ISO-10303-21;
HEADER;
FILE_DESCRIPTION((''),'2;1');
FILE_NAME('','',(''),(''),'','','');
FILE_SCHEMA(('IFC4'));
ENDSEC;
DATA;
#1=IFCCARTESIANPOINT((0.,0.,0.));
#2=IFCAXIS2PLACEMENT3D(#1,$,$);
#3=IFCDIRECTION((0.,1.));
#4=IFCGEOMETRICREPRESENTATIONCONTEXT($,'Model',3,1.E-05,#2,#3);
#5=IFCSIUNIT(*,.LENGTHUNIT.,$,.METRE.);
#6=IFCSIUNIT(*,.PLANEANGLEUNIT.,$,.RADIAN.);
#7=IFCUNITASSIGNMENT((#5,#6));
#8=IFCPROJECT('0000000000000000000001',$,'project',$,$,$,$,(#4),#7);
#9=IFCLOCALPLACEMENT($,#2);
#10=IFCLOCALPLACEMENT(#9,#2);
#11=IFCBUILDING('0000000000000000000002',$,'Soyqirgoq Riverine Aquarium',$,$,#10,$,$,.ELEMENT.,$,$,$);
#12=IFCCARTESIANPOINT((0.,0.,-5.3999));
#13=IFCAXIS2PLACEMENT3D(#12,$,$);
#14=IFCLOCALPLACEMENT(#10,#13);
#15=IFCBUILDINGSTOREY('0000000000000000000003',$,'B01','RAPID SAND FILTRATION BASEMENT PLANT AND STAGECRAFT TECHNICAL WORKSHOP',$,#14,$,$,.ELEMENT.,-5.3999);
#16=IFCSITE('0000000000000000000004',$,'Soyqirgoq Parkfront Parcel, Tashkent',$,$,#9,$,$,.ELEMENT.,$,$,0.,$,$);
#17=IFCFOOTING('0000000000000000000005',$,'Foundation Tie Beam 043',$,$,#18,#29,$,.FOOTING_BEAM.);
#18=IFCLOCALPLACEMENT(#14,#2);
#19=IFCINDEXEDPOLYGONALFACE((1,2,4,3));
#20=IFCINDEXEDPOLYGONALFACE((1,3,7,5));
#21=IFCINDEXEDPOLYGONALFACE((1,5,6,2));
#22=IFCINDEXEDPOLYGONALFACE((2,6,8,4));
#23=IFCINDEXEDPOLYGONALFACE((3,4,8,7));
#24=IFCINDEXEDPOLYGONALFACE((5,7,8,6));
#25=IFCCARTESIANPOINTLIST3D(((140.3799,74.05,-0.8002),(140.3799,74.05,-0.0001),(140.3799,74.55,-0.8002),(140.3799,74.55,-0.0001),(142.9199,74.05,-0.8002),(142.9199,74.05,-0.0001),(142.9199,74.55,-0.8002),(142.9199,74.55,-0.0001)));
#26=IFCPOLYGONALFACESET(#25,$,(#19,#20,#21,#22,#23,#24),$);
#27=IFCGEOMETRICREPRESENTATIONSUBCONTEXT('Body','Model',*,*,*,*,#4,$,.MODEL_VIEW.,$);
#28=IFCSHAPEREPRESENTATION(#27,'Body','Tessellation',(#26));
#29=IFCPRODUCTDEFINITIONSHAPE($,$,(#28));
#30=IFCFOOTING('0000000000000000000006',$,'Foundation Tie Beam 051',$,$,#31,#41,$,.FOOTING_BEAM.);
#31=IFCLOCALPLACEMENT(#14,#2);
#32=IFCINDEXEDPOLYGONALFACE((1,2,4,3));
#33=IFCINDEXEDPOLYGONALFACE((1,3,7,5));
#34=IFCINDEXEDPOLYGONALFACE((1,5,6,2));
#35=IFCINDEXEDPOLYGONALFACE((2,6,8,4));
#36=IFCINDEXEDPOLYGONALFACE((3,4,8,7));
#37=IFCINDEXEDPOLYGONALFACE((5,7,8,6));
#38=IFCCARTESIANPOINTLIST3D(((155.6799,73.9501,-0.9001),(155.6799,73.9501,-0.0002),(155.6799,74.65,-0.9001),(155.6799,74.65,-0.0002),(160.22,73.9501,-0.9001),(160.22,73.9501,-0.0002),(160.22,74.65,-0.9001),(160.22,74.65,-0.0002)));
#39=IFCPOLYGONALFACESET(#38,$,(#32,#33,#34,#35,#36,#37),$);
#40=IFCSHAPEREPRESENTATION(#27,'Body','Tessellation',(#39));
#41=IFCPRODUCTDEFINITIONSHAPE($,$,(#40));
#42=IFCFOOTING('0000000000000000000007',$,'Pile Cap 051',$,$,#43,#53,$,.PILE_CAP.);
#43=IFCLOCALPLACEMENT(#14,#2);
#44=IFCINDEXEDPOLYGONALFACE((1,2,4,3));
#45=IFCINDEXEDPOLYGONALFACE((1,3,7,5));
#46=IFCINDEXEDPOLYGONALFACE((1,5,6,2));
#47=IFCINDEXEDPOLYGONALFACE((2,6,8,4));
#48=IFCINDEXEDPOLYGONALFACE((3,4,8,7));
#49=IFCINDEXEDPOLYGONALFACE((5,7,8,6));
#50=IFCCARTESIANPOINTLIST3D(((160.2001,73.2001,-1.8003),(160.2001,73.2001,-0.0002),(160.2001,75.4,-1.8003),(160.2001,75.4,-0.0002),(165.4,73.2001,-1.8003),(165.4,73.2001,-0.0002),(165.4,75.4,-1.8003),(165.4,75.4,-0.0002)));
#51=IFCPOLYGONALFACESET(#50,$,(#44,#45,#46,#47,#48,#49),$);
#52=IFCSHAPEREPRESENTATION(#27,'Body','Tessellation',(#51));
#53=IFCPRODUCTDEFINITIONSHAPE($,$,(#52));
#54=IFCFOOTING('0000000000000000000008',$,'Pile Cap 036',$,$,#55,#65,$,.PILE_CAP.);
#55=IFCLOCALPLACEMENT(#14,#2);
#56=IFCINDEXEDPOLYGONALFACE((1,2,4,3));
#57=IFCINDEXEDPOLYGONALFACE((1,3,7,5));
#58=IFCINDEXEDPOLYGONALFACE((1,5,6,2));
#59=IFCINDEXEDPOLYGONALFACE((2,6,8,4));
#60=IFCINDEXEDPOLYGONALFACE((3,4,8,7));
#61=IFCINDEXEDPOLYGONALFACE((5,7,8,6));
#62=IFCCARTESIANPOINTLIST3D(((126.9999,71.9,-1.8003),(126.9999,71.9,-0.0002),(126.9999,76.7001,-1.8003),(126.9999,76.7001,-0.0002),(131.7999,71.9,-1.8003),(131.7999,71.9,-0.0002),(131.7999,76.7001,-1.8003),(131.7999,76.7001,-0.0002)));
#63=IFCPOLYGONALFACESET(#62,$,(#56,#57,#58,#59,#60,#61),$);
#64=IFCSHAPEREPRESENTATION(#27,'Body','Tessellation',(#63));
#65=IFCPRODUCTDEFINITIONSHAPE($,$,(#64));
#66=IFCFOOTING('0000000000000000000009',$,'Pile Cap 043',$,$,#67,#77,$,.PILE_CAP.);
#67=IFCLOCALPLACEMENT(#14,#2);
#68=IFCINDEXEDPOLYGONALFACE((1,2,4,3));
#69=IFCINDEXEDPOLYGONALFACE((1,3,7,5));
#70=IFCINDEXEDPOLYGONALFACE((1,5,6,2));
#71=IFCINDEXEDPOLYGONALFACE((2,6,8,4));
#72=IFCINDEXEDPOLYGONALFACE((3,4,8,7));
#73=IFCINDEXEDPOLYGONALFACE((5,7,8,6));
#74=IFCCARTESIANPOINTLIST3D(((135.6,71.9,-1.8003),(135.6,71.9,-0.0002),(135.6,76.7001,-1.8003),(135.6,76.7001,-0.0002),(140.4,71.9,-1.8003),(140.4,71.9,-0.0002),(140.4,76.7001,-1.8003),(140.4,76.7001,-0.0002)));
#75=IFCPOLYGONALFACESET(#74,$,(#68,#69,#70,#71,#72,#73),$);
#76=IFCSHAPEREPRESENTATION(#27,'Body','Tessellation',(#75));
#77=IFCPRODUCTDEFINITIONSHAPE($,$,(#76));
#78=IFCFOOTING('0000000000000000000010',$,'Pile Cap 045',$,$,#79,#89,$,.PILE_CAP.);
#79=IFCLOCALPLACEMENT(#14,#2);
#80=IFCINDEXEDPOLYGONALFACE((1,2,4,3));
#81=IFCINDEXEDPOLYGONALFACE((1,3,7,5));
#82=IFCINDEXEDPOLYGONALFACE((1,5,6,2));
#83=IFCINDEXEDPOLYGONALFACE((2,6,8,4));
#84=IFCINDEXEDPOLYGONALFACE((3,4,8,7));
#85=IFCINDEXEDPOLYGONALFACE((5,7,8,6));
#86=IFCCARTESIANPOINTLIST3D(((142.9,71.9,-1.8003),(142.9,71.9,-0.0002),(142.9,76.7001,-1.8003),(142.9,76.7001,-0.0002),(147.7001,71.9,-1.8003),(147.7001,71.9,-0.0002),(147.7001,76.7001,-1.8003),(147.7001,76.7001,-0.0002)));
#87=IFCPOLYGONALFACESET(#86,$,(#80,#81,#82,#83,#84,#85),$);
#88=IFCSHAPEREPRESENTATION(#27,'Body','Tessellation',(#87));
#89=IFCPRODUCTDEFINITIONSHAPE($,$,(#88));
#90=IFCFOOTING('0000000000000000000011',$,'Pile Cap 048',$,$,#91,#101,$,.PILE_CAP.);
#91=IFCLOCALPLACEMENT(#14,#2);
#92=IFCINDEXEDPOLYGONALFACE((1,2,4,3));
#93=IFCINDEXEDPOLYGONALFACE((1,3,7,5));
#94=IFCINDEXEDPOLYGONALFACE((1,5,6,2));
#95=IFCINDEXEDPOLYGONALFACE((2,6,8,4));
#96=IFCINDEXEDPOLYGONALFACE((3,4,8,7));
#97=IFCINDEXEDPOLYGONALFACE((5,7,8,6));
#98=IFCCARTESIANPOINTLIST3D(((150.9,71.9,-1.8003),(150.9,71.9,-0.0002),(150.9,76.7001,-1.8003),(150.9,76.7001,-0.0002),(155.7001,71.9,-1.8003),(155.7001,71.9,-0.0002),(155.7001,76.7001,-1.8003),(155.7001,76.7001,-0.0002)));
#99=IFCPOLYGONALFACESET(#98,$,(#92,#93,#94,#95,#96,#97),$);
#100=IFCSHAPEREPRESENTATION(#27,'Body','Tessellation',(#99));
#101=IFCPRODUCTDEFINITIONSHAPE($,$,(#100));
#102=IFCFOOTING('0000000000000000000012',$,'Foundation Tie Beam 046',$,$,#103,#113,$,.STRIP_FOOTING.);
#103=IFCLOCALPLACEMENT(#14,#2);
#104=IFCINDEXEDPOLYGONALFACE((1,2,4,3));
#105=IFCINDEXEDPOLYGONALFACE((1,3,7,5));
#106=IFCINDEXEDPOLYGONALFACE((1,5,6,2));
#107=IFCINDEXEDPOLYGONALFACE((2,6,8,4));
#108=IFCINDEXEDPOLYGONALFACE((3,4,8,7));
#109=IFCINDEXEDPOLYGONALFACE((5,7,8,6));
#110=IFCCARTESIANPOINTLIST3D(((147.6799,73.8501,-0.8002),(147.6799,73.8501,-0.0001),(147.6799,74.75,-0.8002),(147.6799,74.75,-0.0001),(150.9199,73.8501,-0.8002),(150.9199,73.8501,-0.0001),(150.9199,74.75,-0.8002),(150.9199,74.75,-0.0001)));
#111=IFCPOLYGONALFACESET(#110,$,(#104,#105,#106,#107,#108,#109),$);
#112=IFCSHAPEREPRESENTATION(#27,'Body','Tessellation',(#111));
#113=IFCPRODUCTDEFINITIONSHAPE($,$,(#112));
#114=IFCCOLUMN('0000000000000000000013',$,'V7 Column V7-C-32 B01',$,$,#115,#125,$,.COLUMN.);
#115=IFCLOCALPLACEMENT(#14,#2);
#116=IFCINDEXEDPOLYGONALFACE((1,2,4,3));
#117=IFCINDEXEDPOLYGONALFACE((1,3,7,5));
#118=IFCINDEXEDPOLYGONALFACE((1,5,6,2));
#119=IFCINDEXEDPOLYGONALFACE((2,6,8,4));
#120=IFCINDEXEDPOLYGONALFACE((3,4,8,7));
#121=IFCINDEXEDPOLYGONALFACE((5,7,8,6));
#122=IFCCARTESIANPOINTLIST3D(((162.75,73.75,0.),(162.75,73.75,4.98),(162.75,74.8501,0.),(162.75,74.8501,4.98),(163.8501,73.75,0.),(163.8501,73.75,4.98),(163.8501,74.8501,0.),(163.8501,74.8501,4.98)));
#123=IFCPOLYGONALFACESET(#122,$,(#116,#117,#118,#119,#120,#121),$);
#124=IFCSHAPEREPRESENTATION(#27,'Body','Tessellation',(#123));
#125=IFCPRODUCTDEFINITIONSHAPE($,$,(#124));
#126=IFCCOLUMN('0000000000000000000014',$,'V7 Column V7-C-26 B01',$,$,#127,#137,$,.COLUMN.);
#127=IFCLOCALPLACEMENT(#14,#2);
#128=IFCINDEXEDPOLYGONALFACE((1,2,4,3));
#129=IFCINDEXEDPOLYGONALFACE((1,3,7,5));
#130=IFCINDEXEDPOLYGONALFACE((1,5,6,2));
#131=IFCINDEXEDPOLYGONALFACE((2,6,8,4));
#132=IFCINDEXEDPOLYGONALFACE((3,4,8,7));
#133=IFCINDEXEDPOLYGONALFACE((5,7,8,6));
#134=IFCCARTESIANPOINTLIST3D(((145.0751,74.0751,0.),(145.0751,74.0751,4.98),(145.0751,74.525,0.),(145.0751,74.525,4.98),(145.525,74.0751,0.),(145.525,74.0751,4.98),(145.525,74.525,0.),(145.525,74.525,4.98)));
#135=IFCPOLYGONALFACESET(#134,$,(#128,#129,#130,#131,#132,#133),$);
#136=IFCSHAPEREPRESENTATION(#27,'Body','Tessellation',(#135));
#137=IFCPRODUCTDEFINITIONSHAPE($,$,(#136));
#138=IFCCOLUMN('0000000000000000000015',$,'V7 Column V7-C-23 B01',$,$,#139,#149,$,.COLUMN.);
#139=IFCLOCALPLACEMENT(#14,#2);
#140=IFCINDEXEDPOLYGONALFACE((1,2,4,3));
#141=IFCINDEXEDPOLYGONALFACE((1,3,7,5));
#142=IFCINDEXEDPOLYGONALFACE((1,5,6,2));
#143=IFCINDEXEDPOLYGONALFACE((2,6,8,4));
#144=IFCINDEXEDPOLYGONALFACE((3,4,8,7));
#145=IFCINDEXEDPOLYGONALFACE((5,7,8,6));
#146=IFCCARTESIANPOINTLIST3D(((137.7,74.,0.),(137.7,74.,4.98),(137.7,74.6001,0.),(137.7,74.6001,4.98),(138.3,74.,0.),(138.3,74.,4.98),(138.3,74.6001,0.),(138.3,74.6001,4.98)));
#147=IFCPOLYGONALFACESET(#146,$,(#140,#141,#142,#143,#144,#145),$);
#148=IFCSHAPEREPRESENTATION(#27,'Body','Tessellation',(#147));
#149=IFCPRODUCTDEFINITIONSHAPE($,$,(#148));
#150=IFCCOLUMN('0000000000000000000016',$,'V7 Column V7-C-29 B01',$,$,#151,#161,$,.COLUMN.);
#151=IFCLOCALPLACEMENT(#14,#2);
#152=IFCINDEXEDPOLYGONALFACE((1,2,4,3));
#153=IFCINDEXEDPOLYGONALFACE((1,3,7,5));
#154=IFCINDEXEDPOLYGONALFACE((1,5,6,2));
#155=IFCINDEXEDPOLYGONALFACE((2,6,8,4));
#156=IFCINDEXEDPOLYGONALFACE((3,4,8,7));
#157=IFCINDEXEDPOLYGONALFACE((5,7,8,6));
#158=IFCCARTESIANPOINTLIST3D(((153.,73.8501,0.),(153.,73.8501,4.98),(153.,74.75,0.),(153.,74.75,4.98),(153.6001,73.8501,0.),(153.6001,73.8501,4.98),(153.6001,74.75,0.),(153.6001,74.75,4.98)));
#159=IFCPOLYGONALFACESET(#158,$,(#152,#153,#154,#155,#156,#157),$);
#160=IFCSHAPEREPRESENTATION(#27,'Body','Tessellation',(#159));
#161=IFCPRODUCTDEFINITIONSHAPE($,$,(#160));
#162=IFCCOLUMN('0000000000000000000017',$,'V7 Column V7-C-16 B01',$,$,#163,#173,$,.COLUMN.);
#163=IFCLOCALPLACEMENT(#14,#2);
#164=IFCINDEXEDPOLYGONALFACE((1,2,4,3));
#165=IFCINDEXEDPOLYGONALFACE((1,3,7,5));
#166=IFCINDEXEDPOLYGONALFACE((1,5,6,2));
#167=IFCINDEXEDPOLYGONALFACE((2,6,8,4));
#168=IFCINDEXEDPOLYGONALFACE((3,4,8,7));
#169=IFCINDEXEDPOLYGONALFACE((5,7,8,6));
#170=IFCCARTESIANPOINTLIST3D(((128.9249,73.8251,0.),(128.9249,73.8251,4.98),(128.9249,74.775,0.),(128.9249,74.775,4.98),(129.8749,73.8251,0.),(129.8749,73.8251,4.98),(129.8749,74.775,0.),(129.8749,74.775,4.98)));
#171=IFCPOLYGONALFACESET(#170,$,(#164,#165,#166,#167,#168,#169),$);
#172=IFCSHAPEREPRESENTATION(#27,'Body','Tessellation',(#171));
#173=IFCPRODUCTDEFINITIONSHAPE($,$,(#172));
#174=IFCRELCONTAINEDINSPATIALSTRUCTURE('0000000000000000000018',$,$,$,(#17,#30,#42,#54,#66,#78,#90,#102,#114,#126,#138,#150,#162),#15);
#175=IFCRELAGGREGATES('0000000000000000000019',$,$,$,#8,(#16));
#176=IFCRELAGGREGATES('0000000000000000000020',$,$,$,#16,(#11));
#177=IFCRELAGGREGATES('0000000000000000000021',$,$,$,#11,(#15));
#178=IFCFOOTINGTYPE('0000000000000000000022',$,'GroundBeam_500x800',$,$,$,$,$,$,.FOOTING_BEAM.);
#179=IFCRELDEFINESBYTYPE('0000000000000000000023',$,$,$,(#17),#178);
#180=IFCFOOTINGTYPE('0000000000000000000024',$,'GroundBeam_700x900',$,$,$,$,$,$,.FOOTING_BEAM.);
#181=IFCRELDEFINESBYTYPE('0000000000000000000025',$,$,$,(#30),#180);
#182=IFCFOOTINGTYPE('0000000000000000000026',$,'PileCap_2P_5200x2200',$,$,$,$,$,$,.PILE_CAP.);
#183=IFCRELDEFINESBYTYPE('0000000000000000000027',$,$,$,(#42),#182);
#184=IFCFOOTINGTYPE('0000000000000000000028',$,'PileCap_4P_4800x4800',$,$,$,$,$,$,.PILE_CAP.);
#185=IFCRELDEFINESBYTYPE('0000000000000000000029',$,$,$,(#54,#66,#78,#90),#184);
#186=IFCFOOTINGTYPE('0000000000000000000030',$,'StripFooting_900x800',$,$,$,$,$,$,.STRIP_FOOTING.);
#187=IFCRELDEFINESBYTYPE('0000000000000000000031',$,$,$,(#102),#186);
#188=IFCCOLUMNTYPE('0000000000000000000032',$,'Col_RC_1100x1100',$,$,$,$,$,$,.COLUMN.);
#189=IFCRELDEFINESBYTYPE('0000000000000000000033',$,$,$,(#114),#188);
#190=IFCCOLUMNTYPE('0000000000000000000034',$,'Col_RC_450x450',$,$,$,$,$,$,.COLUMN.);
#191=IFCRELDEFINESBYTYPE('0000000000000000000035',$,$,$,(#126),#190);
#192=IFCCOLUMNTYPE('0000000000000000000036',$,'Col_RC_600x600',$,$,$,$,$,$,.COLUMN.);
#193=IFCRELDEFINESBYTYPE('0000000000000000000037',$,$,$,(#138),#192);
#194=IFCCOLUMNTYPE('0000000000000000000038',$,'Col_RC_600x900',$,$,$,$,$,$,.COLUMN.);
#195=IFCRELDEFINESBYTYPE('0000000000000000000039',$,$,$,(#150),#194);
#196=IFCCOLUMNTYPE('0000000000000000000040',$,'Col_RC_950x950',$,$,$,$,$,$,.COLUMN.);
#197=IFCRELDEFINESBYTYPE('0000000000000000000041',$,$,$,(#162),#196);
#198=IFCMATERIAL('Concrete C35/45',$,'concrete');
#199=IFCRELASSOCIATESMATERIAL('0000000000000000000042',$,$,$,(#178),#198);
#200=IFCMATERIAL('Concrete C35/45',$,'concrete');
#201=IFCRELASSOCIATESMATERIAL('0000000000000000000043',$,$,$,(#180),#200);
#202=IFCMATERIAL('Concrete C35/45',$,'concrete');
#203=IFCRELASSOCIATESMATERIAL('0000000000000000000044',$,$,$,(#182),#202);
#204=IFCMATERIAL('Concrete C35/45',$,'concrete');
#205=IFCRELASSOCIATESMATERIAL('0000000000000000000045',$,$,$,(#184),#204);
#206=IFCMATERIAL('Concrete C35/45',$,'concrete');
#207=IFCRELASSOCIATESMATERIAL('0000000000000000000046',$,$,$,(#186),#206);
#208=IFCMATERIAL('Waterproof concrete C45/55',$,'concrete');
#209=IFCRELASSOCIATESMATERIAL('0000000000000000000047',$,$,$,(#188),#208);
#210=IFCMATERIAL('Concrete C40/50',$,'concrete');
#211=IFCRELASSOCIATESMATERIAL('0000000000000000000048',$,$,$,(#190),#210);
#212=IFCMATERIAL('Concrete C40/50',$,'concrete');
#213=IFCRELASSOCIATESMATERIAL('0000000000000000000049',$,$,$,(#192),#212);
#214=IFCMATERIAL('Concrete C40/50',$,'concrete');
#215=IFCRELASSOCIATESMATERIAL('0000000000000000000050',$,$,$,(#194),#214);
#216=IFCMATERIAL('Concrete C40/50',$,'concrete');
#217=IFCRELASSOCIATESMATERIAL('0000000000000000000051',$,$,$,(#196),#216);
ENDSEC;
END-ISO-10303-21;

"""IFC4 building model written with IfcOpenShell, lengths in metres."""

from ifc_helpers import new_model, si_unit, direction, frame, origin, origin_2d, place, context, subcontext, project, spatial, rectangle, extrude, material, material_profile, profile_set, type_object, element, save


model = new_model("IFC4")

# Units and contexts
model_context = context("Model", 3, precision=1e-05, world=origin(), true_north=direction((0.0, 1.0)))
body_context = subcontext(model_context, "Body", "Model", "MODEL_VIEW")
ifc_project = project(units=[si_unit("LENGTHUNIT", "METRE"), si_unit("PLANEANGLEUNIT", "RADIAN")], contexts=[model_context])

# Site, building, storey
site_placement = place(None, origin())
site = spatial("IfcSite", under=ifc_project, at=site_placement, Name="Soyqirgoq Parkfront Parcel, Tashkent", CompositionType="ELEMENT", RefElevation=0.0)
building_placement = place(site_placement, origin())
building = spatial("IfcBuilding", under=site, at=building_placement, Name="Soyqirgoq Riverine Aquarium", CompositionType="ELEMENT")
storey_placement = place(building_placement, frame((0.0, 0.0, -5.3999)))
storey = spatial("IfcBuildingStorey", under=building, at=storey_placement, Name="B01", Description="RAPID SAND FILTRATION BASEMENT PLANT AND STAGECRAFT TECHNICAL WORKSHOP", CompositionType="ELEMENT", Elevation=-5.3999)

# Footings
ifc_material_1 = material(Name="Concrete C35/45", Category="concrete")
ifc_material_profile_1 = material_profile(ifc_material_1, rectangle(XDim=0.5, YDim=0.8, at=origin_2d()), Name="RC 500x800")
ifc_profile_set_1 = profile_set([ifc_material_profile_1], Name="Concrete C35/45")
footing_type_1 = type_object("IfcFootingType", Name="GroundBeam_500x800", PredefinedType="FOOTING_BEAM", material=ifc_profile_set_1)
footing_1_placement = place(storey_placement, frame((140.3799, 74.3, -0.4001), z_axis=(1.0, 0.0, 0.0), x_axis=(0.0, 1.0, 0.0)))
element("IfcFooting", 1, at=footing_1_placement, inside=storey, type_object=footing_type_1, Name="Foundation Tie Beam 043", PredefinedType="FOOTING_BEAM", context=body_context, shape_type="SweptSolid", body=[
    extrude(rectangle(XDim=0.5, YDim=0.8, at=origin_2d()), origin(), (0.0, 0.0, 1.0), 2.54),
])
ifc_material_2 = material(Name="Concrete C35/45", Category="concrete")
ifc_material_profile_2 = material_profile(ifc_material_2, rectangle(XDim=0.7, YDim=0.8999, at=origin_2d()), Name="RC 700x900")
ifc_profile_set_2 = profile_set([ifc_material_profile_2], Name="Concrete C35/45")
footing_type_2 = type_object("IfcFootingType", Name="GroundBeam_700x900", PredefinedType="FOOTING_BEAM", material=ifc_profile_set_2)
footing_2_placement = place(storey_placement, frame((155.6799, 74.3, -0.4502), z_axis=(1.0, 0.0, 0.0), x_axis=(0.0, 1.0, 0.0)))
element("IfcFooting", 2, at=footing_2_placement, inside=storey, type_object=footing_type_2, Name="Foundation Tie Beam 051", PredefinedType="FOOTING_BEAM", context=body_context, shape_type="SweptSolid", body=[
    extrude(rectangle(XDim=0.7, YDim=0.8999, at=origin_2d()), origin(), (0.0, 0.0, 1.0), 4.54),
])
ifc_material_3 = material(Name="Concrete C35/45", Category="concrete")
footing_type_3 = type_object("IfcFootingType", Name="PileCap_2P_5200x2200", PredefinedType="PILE_CAP", material=ifc_material_3)
footing_3_placement = place(storey_placement, frame((162.8, 74.3, -1.8003), z_axis=(0.0, 0.0, 1.0), x_axis=(1.0, 0.0, 0.0)))
element("IfcFooting", 3, at=footing_3_placement, inside=storey, type_object=footing_type_3, Name="Pile Cap 051", PredefinedType="PILE_CAP", context=body_context, shape_type="SweptSolid", body=[
    extrude(rectangle(XDim=5.2, YDim=2.2, at=origin_2d()), origin(), (0.0, 0.0, 1.0), 1.8),
])
ifc_material_4 = material(Name="Concrete C35/45", Category="concrete")
footing_type_4 = type_object("IfcFootingType", Name="PileCap_4P_4800x4800", PredefinedType="PILE_CAP", material=ifc_material_4)
for number, where, z_axis, x_axis, name in (
    (4, (129.3999, 74.3, -1.8003), (0.0, 0.0, 1.0), (1.0, 0.0, 0.0), "Pile Cap 036"),
    (5, (138.0, 74.3, -1.8003), (0.0, 0.0, 1.0), (1.0, 0.0, 0.0), "Pile Cap 043"),
    (6, (145.3, 74.3, -1.8003), (0.0, 0.0, 1.0), (1.0, 0.0, 0.0), "Pile Cap 045"),
    (7, (153.3, 74.3, -1.8003), (0.0, 0.0, 1.0), (1.0, 0.0, 0.0), "Pile Cap 048"),
):
    element("IfcFooting", number, at=place(storey_placement, frame(where, z_axis=z_axis, x_axis=x_axis)), inside=storey, type_object=footing_type_4, Name=name, PredefinedType="PILE_CAP", context=body_context, shape_type="SweptSolid", body=[
        extrude(rectangle(XDim=4.8, YDim=4.8, at=origin_2d()), origin(), (0.0, 0.0, 1.0), 1.8),
    ])
ifc_material_5 = material(Name="Concrete C35/45", Category="concrete")
ifc_material_profile_3 = material_profile(ifc_material_5, rectangle(XDim=0.8999, YDim=0.8, at=origin_2d()), Name="RC 900x800")
ifc_profile_set_3 = profile_set([ifc_material_profile_3], Name="Concrete C35/45")
footing_type_5 = type_object("IfcFootingType", Name="StripFooting_900x800", PredefinedType="STRIP_FOOTING", material=ifc_profile_set_3)
footing_4_placement = place(storey_placement, frame((147.6799, 74.3, -0.4001), z_axis=(1.0, 0.0, 0.0), x_axis=(0.0, 1.0, 0.0)))
element("IfcFooting", 8, at=footing_4_placement, inside=storey, type_object=footing_type_5, Name="Foundation Tie Beam 046", PredefinedType="STRIP_FOOTING", context=body_context, shape_type="SweptSolid", body=[
    extrude(rectangle(XDim=0.8999, YDim=0.8, at=origin_2d()), origin(), (0.0, 0.0, 1.0), 3.24),
])

# Columns
ifc_material_6 = material(Name="Waterproof concrete C45/55", Category="concrete")
ifc_material_profile_4 = material_profile(ifc_material_6, rectangle(XDim=1.1001, YDim=1.1001, at=origin_2d()), Name="RC 1100x1100")
ifc_profile_set_4 = profile_set([ifc_material_profile_4], Name="Waterproof concrete C45/55")
column_type_1 = type_object("IfcColumnType", Name="Col_RC_1100x1100", PredefinedType="COLUMN", material=ifc_profile_set_4)
column_1_placement = place(storey_placement, frame((163.3, 74.3, 0.0), z_axis=(0.0, 0.0, 1.0), x_axis=(1.0, 0.0, 0.0)))
element("IfcColumn", 9, at=column_1_placement, inside=storey, type_object=column_type_1, Name="V7 Column V7-C-32 B01", PredefinedType="COLUMN", context=body_context, shape_type="SweptSolid", body=[
    extrude(rectangle(XDim=1.1001, YDim=1.1001, at=origin_2d()), origin(), (0.0, 0.0, 1.0), 4.98),
])
ifc_material_7 = material(Name="Concrete C40/50", Category="concrete")
ifc_material_profile_5 = material_profile(ifc_material_7, rectangle(XDim=0.45, YDim=0.45, at=origin_2d()), Name="RC 450x450")
ifc_profile_set_5 = profile_set([ifc_material_profile_5], Name="Concrete C40/50")
column_type_2 = type_object("IfcColumnType", Name="Col_RC_450x450", PredefinedType="COLUMN", material=ifc_profile_set_5)
column_2_placement = place(storey_placement, frame((145.3, 74.3, 0.0), z_axis=(0.0, 0.0, 1.0), x_axis=(1.0, 0.0, 0.0)))
element("IfcColumn", 10, at=column_2_placement, inside=storey, type_object=column_type_2, Name="V7 Column V7-C-26 B01", PredefinedType="COLUMN", context=body_context, shape_type="SweptSolid", body=[
    extrude(rectangle(XDim=0.45, YDim=0.45, at=origin_2d()), origin(), (0.0, 0.0, 1.0), 4.98),
])
ifc_material_8 = material(Name="Concrete C40/50", Category="concrete")
ifc_material_profile_6 = material_profile(ifc_material_8, rectangle(XDim=0.6001, YDim=0.6001, at=origin_2d()), Name="RC 600x600")
ifc_profile_set_6 = profile_set([ifc_material_profile_6], Name="Concrete C40/50")
column_type_3 = type_object("IfcColumnType", Name="Col_RC_600x600", PredefinedType="COLUMN", material=ifc_profile_set_6)
column_3_placement = place(storey_placement, frame((138.0, 74.3, 0.0), z_axis=(0.0, 0.0, 1.0), x_axis=(1.0, 0.0, 0.0)))
element("IfcColumn", 11, at=column_3_placement, inside=storey, type_object=column_type_3, Name="V7 Column V7-C-23 B01", PredefinedType="COLUMN", context=body_context, shape_type="SweptSolid", body=[
    extrude(rectangle(XDim=0.6001, YDim=0.6001, at=origin_2d()), origin(), (0.0, 0.0, 1.0), 4.98),
])
ifc_material_9 = material(Name="Concrete C40/50", Category="concrete")
ifc_material_profile_7 = material_profile(ifc_material_9, rectangle(XDim=0.6001, YDim=0.8999, at=origin_2d()), Name="RC-COL 600x900")
ifc_profile_set_7 = profile_set([ifc_material_profile_7], Name="Concrete C40/50")
column_type_4 = type_object("IfcColumnType", Name="Col_RC_600x900", PredefinedType="COLUMN", material=ifc_profile_set_7)
column_4_placement = place(storey_placement, frame((153.3, 74.3, 0.0), z_axis=(0.0, 0.0, 1.0), x_axis=(1.0, 0.0, 0.0)))
element("IfcColumn", 12, at=column_4_placement, inside=storey, type_object=column_type_4, Name="V7 Column V7-C-29 B01", PredefinedType="COLUMN", context=body_context, shape_type="SweptSolid", body=[
    extrude(rectangle(XDim=0.6001, YDim=0.8999, at=origin_2d()), origin(), (0.0, 0.0, 1.0), 4.98),
])
ifc_material_10 = material(Name="Concrete C40/50", Category="concrete")
ifc_material_profile_8 = material_profile(ifc_material_10, rectangle(XDim=0.95, YDim=0.95, at=origin_2d()), Name="RC 950x950")
ifc_profile_set_8 = profile_set([ifc_material_profile_8], Name="Concrete C40/50")
column_type_5 = type_object("IfcColumnType", Name="Col_RC_950x950", PredefinedType="COLUMN", material=ifc_profile_set_8)
column_5_placement = place(storey_placement, frame((129.3999, 74.3, 0.0), z_axis=(0.0, 0.0, 1.0), x_axis=(1.0, 0.0, 0.0)))
element("IfcColumn", 13, at=column_5_placement, inside=storey, type_object=column_type_5, Name="V7 Column V7-C-16 B01", PredefinedType="COLUMN", context=body_context, shape_type="SweptSolid", body=[
    extrude(rectangle(XDim=0.95, YDim=0.95, at=origin_2d()), origin(), (0.0, 0.0, 1.0), 4.98),
])

save(model, "model.ifc")
